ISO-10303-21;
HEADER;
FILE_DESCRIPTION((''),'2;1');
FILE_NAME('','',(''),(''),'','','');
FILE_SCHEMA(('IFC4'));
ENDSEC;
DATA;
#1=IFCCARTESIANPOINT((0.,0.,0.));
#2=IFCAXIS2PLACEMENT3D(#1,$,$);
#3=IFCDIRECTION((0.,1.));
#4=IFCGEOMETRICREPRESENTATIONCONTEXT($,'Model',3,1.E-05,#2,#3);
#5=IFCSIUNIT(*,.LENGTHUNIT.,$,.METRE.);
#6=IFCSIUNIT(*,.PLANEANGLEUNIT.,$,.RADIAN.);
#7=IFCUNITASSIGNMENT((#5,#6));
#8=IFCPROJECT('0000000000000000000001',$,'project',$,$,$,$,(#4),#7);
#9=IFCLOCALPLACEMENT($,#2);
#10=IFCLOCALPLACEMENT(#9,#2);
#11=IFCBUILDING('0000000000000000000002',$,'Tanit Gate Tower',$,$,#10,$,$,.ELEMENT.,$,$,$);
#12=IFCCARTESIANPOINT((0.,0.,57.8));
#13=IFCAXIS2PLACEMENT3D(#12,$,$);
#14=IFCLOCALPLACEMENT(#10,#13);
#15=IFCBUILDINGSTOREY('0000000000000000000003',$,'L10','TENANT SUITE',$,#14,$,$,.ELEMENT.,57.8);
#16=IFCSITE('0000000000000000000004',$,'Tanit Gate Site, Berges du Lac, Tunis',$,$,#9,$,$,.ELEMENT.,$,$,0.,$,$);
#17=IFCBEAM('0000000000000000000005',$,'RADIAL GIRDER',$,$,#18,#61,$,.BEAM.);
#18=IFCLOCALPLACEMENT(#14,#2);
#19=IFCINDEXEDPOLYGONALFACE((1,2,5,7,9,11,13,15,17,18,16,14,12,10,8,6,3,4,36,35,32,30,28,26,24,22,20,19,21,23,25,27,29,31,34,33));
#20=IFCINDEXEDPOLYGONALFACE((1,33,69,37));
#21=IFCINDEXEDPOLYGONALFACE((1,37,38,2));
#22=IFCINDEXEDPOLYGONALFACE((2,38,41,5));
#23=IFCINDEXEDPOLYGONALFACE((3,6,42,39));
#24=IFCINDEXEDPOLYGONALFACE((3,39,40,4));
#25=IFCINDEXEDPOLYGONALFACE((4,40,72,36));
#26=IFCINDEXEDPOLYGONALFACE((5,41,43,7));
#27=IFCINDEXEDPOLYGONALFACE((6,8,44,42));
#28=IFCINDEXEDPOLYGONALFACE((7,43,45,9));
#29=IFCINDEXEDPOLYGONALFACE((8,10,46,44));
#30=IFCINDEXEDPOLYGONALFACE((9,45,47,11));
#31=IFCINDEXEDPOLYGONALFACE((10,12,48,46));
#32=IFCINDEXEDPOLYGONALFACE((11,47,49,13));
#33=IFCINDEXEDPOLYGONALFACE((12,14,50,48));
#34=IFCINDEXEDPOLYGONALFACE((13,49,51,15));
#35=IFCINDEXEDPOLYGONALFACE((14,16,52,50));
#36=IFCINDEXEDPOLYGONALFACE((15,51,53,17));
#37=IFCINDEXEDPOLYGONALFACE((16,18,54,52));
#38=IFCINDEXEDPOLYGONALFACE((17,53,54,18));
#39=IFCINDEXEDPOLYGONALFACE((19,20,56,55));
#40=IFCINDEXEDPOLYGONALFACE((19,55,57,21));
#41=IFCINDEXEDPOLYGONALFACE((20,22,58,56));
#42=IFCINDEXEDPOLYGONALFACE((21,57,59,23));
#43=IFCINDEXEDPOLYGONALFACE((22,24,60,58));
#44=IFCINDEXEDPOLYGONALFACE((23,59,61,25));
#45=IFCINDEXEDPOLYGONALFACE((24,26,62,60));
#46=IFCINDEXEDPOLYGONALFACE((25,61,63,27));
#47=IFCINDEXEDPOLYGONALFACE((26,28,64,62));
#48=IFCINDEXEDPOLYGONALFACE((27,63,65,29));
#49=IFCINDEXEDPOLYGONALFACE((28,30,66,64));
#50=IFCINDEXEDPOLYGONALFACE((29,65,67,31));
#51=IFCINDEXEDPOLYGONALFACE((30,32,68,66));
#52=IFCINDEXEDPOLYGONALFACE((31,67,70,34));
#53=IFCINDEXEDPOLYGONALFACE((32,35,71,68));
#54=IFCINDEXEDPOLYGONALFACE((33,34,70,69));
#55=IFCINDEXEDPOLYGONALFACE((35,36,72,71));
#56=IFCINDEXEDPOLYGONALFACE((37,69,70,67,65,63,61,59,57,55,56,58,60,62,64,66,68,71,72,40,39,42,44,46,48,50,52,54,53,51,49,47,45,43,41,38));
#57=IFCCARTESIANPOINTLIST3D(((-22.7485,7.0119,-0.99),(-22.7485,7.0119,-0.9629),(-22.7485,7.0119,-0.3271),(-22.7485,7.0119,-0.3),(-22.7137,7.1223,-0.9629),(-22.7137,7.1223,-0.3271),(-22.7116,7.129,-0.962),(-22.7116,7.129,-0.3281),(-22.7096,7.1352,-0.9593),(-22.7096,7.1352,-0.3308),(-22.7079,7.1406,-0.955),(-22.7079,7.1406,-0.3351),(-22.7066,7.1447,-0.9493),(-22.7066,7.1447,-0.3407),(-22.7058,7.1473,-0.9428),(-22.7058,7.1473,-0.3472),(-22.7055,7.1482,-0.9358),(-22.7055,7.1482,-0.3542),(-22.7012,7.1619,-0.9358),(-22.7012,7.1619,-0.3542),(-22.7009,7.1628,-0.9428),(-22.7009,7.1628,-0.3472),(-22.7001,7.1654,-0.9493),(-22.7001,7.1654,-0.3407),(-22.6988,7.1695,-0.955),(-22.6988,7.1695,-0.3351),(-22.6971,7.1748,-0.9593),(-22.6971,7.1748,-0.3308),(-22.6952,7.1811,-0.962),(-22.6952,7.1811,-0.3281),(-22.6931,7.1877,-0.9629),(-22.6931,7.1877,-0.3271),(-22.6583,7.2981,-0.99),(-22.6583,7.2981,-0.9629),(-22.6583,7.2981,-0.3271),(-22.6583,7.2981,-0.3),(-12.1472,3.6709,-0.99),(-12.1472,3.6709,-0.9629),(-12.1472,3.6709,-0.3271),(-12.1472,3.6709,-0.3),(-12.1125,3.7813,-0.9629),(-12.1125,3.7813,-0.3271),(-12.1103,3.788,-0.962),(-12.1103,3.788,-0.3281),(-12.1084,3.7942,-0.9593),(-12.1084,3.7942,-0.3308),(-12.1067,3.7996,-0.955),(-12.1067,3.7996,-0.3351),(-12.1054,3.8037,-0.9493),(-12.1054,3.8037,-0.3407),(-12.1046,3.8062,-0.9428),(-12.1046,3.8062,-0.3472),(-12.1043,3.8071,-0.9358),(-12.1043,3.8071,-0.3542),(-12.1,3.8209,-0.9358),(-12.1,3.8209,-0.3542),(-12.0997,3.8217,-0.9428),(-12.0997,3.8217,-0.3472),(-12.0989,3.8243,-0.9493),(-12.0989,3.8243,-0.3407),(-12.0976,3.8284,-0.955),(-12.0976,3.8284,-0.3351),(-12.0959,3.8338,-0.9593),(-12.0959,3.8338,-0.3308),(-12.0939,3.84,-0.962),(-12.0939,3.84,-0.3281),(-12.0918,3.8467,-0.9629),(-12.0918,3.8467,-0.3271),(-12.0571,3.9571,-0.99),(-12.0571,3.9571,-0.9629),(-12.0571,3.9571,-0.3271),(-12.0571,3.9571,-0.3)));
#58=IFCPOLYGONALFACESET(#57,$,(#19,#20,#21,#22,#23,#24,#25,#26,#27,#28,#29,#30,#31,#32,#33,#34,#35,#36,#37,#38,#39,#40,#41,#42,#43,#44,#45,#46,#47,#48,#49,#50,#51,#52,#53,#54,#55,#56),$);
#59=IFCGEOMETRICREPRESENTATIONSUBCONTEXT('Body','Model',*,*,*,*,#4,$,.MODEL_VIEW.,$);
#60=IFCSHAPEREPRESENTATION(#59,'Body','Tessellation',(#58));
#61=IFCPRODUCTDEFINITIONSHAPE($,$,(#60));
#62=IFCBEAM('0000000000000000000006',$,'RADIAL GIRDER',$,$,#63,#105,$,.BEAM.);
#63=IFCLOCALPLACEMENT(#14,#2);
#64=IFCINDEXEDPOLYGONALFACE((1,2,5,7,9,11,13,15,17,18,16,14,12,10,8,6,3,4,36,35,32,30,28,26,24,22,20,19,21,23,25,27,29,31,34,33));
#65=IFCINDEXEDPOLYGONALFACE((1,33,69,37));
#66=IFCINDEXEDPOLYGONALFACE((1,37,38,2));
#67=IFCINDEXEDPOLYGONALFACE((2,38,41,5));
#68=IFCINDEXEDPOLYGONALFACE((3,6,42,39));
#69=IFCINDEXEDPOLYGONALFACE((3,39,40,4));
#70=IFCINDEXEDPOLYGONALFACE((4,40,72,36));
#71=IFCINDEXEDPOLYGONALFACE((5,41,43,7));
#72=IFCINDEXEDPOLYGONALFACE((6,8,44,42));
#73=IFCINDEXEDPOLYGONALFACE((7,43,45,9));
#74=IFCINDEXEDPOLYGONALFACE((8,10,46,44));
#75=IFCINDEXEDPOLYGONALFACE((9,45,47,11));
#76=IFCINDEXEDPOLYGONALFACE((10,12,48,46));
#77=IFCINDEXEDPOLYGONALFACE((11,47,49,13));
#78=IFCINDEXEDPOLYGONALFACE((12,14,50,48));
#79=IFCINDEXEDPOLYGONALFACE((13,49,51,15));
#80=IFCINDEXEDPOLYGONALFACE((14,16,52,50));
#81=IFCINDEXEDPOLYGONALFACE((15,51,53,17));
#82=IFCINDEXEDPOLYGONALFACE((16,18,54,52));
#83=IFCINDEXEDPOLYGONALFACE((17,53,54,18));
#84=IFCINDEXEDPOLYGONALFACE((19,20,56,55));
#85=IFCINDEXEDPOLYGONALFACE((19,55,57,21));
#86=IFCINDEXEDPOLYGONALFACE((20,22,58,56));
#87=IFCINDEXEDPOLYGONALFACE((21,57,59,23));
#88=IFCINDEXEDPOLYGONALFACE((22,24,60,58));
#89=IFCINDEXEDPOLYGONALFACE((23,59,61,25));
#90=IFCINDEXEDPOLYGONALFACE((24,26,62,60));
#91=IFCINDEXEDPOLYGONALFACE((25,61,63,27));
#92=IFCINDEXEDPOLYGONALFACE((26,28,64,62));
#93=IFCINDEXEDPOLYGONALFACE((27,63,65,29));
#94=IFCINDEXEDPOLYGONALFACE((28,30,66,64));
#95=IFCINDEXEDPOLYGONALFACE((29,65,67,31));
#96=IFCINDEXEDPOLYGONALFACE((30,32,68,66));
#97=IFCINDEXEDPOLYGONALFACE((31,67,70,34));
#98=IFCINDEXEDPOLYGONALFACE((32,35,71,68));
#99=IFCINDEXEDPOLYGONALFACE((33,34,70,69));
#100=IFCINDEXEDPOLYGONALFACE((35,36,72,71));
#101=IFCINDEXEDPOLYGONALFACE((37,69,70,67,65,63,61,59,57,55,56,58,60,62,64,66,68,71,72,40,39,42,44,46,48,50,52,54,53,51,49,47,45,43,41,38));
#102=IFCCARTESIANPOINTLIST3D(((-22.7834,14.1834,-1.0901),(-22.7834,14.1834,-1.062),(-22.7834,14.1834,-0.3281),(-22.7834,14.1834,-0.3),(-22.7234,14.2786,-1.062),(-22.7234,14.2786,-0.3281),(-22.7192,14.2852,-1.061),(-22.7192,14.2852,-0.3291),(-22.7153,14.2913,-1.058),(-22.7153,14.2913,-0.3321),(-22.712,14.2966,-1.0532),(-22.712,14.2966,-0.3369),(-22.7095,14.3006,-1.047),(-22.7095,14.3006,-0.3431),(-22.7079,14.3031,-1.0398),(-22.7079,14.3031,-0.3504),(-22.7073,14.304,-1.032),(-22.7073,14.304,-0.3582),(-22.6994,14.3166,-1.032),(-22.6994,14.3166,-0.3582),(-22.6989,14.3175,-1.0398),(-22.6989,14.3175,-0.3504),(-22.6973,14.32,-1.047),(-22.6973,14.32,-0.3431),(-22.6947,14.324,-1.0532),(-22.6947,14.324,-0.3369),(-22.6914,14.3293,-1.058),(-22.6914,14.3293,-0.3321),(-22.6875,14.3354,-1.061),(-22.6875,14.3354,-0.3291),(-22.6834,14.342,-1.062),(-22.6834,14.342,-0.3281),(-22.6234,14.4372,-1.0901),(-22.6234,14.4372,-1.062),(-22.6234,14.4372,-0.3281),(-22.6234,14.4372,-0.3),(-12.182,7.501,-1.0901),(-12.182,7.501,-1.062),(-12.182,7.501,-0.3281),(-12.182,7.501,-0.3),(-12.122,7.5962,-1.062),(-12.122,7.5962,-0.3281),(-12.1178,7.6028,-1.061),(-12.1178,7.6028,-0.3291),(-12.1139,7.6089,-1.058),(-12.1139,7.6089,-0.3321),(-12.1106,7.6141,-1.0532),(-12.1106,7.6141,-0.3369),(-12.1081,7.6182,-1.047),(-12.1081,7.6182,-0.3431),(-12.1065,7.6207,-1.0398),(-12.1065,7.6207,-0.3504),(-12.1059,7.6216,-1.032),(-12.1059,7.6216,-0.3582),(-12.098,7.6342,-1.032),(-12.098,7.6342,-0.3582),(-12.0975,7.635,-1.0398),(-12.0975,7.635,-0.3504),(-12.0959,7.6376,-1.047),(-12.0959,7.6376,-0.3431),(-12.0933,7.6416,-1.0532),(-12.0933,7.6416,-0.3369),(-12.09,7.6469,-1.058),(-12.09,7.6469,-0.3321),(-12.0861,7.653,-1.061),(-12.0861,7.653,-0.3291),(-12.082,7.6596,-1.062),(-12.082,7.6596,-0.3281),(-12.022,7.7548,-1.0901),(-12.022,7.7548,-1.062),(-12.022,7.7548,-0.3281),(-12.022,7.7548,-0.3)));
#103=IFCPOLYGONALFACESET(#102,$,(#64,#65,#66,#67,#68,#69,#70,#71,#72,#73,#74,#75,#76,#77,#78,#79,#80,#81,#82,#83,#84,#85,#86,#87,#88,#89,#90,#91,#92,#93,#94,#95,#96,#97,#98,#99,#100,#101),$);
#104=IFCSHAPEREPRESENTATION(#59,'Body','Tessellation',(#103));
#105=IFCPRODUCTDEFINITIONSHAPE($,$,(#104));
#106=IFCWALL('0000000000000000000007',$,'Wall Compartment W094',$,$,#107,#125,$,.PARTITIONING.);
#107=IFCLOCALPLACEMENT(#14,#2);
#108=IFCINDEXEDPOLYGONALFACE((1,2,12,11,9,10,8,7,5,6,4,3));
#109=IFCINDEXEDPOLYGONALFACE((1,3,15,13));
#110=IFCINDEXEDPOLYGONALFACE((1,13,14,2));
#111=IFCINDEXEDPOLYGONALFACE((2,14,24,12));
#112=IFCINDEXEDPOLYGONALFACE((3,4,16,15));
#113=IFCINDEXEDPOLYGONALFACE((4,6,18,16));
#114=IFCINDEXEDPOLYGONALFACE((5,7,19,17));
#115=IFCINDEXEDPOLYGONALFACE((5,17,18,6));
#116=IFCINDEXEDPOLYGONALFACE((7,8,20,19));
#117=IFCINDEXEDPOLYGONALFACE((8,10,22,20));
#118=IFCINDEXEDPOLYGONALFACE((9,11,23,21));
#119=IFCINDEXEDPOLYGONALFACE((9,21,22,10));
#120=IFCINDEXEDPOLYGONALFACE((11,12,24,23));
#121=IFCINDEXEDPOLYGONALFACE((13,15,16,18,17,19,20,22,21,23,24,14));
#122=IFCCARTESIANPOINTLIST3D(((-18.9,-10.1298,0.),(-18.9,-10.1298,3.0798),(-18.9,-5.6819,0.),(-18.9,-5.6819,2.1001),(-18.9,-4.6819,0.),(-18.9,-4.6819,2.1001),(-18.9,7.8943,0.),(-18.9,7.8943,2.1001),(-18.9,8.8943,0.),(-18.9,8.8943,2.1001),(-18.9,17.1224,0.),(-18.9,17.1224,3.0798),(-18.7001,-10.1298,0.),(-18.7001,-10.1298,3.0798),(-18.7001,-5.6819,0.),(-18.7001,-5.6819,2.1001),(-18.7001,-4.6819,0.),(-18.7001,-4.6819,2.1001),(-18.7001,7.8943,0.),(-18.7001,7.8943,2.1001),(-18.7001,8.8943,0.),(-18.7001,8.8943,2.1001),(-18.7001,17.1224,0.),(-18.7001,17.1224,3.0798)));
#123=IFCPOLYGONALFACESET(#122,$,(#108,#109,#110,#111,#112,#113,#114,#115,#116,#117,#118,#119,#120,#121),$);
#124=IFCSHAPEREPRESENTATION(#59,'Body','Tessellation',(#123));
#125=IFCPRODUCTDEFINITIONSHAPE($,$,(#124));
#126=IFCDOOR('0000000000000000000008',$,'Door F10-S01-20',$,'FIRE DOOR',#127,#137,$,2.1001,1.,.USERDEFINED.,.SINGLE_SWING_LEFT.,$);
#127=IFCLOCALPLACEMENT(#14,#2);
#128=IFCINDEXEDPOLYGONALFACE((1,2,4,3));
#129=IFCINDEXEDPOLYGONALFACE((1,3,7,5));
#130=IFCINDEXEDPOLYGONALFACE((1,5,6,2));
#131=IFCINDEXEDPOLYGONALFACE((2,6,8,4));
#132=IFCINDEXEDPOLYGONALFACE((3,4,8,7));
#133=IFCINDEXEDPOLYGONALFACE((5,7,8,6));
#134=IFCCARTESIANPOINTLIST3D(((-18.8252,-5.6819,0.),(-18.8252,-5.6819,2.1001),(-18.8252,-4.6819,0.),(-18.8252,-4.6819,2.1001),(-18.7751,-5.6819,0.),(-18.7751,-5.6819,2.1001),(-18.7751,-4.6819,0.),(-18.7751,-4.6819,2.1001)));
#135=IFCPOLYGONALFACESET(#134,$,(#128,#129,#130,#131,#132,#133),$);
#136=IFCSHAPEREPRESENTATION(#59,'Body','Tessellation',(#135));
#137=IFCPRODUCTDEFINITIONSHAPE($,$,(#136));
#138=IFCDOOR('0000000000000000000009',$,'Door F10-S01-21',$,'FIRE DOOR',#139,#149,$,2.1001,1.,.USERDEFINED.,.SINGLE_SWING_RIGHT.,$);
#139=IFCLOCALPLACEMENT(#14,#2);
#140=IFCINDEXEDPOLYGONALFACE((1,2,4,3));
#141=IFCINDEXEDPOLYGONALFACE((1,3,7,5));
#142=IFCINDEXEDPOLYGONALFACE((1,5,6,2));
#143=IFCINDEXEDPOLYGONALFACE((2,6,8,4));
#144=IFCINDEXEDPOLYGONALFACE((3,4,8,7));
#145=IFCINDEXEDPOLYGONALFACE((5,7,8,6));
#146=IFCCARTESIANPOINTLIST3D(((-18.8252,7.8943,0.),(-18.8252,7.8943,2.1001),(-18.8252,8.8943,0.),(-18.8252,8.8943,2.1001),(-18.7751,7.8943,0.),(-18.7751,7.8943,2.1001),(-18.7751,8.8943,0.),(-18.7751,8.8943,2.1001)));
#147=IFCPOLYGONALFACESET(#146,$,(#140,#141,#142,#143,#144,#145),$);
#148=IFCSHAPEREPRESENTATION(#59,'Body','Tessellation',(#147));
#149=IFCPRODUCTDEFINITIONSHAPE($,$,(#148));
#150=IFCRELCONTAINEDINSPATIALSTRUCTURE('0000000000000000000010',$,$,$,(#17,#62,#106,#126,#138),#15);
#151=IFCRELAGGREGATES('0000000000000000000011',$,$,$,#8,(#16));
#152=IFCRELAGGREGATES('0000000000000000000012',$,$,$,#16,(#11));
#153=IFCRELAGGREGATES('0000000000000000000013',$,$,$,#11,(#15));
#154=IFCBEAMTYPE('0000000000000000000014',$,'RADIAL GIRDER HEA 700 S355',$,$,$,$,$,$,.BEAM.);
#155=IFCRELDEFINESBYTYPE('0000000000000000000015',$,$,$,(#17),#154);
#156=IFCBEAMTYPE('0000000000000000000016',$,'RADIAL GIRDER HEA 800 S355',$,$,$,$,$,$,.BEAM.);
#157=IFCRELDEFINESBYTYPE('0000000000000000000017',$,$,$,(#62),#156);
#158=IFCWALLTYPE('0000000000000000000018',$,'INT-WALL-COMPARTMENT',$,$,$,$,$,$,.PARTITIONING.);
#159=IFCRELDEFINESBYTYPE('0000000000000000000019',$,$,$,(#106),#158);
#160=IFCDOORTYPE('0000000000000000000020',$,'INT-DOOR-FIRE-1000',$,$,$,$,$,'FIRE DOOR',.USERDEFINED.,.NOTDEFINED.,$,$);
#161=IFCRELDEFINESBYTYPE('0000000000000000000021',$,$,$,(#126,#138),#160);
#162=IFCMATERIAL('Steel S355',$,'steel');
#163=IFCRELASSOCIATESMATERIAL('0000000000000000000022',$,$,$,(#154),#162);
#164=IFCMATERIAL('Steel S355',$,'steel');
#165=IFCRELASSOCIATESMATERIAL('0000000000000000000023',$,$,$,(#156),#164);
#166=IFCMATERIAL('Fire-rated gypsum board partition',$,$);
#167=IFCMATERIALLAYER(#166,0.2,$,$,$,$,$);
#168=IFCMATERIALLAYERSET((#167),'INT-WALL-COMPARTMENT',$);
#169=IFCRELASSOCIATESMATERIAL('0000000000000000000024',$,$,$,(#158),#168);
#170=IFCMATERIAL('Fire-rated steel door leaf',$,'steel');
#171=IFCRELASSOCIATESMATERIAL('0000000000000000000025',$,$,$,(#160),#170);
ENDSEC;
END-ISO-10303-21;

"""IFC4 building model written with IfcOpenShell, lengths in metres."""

from ifc_helpers import new_model, si_unit, direction, frame, frame_2d, origin, origin_2d, place, context, subcontext, project, spatial, rectangle, i_section, extrude, material, layer, layer_set, material_profile, profile_set, type_object, element, fill, save


model = new_model("IFC4")

# Units and contexts
model_context = context("Model", 3, precision=1e-05, world=origin(), true_north=direction((0.0, 1.0)))
body_context = subcontext(model_context, "Body", "Model", "MODEL_VIEW")
ifc_project = project(units=[si_unit("LENGTHUNIT", "METRE"), si_unit("PLANEANGLEUNIT", "RADIAN")], contexts=[model_context])

# Site, building, storey
site_placement = place(None, origin())
site = spatial("IfcSite", under=ifc_project, at=site_placement, Name="Tanit Gate Site, Berges du Lac, Tunis", CompositionType="ELEMENT", RefElevation=0.0)
building_placement = place(site_placement, origin())
building = spatial("IfcBuilding", under=site, at=building_placement, Name="Tanit Gate Tower", CompositionType="ELEMENT")
storey_placement = place(building_placement, frame((0.0, 0.0, 57.8)))
storey = spatial("IfcBuildingStorey", under=building, at=storey_placement, Name="L10", Description="TENANT SUITE", CompositionType="ELEMENT", Elevation=57.8)

# Beams
ifc_material_1 = material(Name="Steel S355", Category="steel")
ifc_material_profile_1 = material_profile(ifc_material_1, i_section(OverallWidth=0.3, OverallDepth=0.6899, WebThickness=0.0144, FlangeThickness=0.0271, FilletRadius=0.0271, at=origin_2d()), Name="HEA 700")
ifc_profile_set_1 = profile_set([ifc_material_profile_1], Name="Steel S355")
beam_type_1 = type_object("IfcBeamType", Name="RADIAL GIRDER HEA 700 S355", PredefinedType="BEAM", material=ifc_profile_set_1)
beam_1_placement = place(storey_placement, frame((-22.7034, 7.155, -0.645), z_axis=(0.953756, -0.300582, 0.0), x_axis=(0.300582, 0.953756, 0.0)))
element("IfcBeam", 1, at=beam_1_placement, inside=storey, type_object=beam_type_1, Name="RADIAL GIRDER", PredefinedType="BEAM", context=body_context, shape_type="SweptSolid", body=[
    extrude(i_section(OverallWidth=0.3, OverallDepth=0.6899, WebThickness=0.0144, FlangeThickness=0.0271, FilletRadius=0.0271, at=origin_2d()), origin(), (0.0, 0.0, 1.0), 11.1152),
])
ifc_material_2 = material(Name="Steel S355", Category="steel")
ifc_material_profile_2 = material_profile(ifc_material_2, i_section(OverallWidth=0.3, OverallDepth=0.79, WebThickness=0.0149, FlangeThickness=0.0281, FilletRadius=0.03, at=origin_2d()), Name="HEA 800")
ifc_profile_set_2 = profile_set([ifc_material_profile_2], Name="Steel S355")
beam_type_2 = type_object("IfcBeamType", Name="RADIAL GIRDER HEA 800 S355", PredefinedType="BEAM", material=ifc_profile_set_2)
beam_2_placement = place(storey_placement, frame((-22.7034, 14.3103, -0.6951), z_axis=(0.845964, -0.53324, 0.0), x_axis=(0.53324, 0.845964, 0.0)))
element("IfcBeam", 2, at=beam_2_placement, inside=storey, type_object=beam_type_2, Name="RADIAL GIRDER", PredefinedType="BEAM", context=body_context, shape_type="SweptSolid", body=[
    extrude(i_section(OverallWidth=0.3, OverallDepth=0.79, WebThickness=0.0149, FlangeThickness=0.0281, FilletRadius=0.03, at=origin_2d()), origin(), (0.0, 0.0, 1.0), 12.5317),
])

# Wall, openings, doors
ifc_material_3 = material(Name="Fire-rated gypsum board partition")
ifc_layer_1 = layer(ifc_material_3, 0.2)
ifc_layer_set_1 = layer_set([ifc_layer_1], Name="INT-WALL-COMPARTMENT")
wall_type_1 = type_object("IfcWallType", Name="INT-WALL-COMPARTMENT", PredefinedType="PARTITIONING", material=ifc_layer_set_1)
wall_1_placement = place(storey_placement, frame((-18.8, 17.1223, 0.0), z_axis=(0.0, 0.0, 1.0), x_axis=(0.0, -1.0, 0.0)))
wall_1 = element("IfcWall", 3, at=wall_1_placement, inside=storey, type_object=wall_type_1, Name="Wall Compartment W094", PredefinedType="PARTITIONING", context=body_context, shape_type="SweptSolid", body=[
    extrude(rectangle(XDim=27.2522, YDim=0.2, at=frame_2d((13.626, 0.0))), origin(), (0.0, 0.0, 1.0), 3.0798),
])
opening_1_placement = place(wall_1_placement, frame((21.8042, 0.0, 0.0)))
opening_1 = element("IfcOpeningElement", 4, at=opening_1_placement, cuts=wall_1, PredefinedType="OPENING", context=body_context, shape_type="SweptSolid", body=[
    extrude(rectangle(XDim=1.0, YDim=2.1001, at=frame_2d((0.5, 1.05))), frame((0.0, 0.1099, 0.0), z_axis=(0.0, -1.0, 0.0), x_axis=(1.0, 0.0, 0.0)), (0.0, 0.0, 1.0), 0.22),
])
opening_2_placement = place(wall_1_placement, frame((8.228, 0.0, 0.0)))
opening_2 = element("IfcOpeningElement", 5, at=opening_2_placement, cuts=wall_1, PredefinedType="OPENING", context=body_context, shape_type="SweptSolid", body=[
    extrude(rectangle(XDim=1.0, YDim=2.1001, at=frame_2d((0.5, 1.05))), frame((0.0, 0.1099, 0.0), z_axis=(0.0, -1.0, 0.0), x_axis=(1.0, 0.0, 0.0)), (0.0, 0.0, 1.0), 0.22),
])
ifc_material_4 = material(Name="Fire-rated steel door leaf", Category="steel")
door_type_1 = type_object("IfcDoorType", Name="INT-DOOR-FIRE-1000", ElementType="FIRE DOOR", OperationType="NOTDEFINED", PredefinedType="USERDEFINED", material=ifc_material_4)
door_1_placement = place(opening_1_placement, origin())
door_1 = element("IfcDoor", 6, at=door_1_placement, inside=storey, type_object=door_type_1, Name="Door F10-S01-20", ObjectType="FIRE DOOR", OperationType="SINGLE_SWING_LEFT", OverallHeight=2.1001, OverallWidth=1.0, PredefinedType="USERDEFINED", context=body_context, shape_type="SweptSolid", body=[
    extrude(rectangle(XDim=1.0, YDim=2.1001, at=frame_2d((0.5, 1.05))), frame((0.0, 0.0249, 0.0), z_axis=(0.0, -1.0, 0.0), x_axis=(1.0, 0.0, 0.0)), (0.0, 0.0, 1.0), 0.05),
])
fill(opening_1, door_1)
door_2_placement = place(opening_2_placement, origin())
door_2 = element("IfcDoor", 7, at=door_2_placement, inside=storey, type_object=door_type_1, Name="Door F10-S01-21", ObjectType="FIRE DOOR", OperationType="SINGLE_SWING_RIGHT", OverallHeight=2.1001, OverallWidth=1.0, PredefinedType="USERDEFINED", context=body_context, shape_type="SweptSolid", body=[
    extrude(rectangle(XDim=1.0, YDim=2.1001, at=frame_2d((0.5, 1.05))), frame((0.0, 0.0249, 0.0), z_axis=(0.0, -1.0, 0.0), x_axis=(1.0, 0.0, 0.0)), (0.0, 0.0, 1.0), 0.05),
])
fill(opening_2, door_2)

save(model, "model.ifc")
